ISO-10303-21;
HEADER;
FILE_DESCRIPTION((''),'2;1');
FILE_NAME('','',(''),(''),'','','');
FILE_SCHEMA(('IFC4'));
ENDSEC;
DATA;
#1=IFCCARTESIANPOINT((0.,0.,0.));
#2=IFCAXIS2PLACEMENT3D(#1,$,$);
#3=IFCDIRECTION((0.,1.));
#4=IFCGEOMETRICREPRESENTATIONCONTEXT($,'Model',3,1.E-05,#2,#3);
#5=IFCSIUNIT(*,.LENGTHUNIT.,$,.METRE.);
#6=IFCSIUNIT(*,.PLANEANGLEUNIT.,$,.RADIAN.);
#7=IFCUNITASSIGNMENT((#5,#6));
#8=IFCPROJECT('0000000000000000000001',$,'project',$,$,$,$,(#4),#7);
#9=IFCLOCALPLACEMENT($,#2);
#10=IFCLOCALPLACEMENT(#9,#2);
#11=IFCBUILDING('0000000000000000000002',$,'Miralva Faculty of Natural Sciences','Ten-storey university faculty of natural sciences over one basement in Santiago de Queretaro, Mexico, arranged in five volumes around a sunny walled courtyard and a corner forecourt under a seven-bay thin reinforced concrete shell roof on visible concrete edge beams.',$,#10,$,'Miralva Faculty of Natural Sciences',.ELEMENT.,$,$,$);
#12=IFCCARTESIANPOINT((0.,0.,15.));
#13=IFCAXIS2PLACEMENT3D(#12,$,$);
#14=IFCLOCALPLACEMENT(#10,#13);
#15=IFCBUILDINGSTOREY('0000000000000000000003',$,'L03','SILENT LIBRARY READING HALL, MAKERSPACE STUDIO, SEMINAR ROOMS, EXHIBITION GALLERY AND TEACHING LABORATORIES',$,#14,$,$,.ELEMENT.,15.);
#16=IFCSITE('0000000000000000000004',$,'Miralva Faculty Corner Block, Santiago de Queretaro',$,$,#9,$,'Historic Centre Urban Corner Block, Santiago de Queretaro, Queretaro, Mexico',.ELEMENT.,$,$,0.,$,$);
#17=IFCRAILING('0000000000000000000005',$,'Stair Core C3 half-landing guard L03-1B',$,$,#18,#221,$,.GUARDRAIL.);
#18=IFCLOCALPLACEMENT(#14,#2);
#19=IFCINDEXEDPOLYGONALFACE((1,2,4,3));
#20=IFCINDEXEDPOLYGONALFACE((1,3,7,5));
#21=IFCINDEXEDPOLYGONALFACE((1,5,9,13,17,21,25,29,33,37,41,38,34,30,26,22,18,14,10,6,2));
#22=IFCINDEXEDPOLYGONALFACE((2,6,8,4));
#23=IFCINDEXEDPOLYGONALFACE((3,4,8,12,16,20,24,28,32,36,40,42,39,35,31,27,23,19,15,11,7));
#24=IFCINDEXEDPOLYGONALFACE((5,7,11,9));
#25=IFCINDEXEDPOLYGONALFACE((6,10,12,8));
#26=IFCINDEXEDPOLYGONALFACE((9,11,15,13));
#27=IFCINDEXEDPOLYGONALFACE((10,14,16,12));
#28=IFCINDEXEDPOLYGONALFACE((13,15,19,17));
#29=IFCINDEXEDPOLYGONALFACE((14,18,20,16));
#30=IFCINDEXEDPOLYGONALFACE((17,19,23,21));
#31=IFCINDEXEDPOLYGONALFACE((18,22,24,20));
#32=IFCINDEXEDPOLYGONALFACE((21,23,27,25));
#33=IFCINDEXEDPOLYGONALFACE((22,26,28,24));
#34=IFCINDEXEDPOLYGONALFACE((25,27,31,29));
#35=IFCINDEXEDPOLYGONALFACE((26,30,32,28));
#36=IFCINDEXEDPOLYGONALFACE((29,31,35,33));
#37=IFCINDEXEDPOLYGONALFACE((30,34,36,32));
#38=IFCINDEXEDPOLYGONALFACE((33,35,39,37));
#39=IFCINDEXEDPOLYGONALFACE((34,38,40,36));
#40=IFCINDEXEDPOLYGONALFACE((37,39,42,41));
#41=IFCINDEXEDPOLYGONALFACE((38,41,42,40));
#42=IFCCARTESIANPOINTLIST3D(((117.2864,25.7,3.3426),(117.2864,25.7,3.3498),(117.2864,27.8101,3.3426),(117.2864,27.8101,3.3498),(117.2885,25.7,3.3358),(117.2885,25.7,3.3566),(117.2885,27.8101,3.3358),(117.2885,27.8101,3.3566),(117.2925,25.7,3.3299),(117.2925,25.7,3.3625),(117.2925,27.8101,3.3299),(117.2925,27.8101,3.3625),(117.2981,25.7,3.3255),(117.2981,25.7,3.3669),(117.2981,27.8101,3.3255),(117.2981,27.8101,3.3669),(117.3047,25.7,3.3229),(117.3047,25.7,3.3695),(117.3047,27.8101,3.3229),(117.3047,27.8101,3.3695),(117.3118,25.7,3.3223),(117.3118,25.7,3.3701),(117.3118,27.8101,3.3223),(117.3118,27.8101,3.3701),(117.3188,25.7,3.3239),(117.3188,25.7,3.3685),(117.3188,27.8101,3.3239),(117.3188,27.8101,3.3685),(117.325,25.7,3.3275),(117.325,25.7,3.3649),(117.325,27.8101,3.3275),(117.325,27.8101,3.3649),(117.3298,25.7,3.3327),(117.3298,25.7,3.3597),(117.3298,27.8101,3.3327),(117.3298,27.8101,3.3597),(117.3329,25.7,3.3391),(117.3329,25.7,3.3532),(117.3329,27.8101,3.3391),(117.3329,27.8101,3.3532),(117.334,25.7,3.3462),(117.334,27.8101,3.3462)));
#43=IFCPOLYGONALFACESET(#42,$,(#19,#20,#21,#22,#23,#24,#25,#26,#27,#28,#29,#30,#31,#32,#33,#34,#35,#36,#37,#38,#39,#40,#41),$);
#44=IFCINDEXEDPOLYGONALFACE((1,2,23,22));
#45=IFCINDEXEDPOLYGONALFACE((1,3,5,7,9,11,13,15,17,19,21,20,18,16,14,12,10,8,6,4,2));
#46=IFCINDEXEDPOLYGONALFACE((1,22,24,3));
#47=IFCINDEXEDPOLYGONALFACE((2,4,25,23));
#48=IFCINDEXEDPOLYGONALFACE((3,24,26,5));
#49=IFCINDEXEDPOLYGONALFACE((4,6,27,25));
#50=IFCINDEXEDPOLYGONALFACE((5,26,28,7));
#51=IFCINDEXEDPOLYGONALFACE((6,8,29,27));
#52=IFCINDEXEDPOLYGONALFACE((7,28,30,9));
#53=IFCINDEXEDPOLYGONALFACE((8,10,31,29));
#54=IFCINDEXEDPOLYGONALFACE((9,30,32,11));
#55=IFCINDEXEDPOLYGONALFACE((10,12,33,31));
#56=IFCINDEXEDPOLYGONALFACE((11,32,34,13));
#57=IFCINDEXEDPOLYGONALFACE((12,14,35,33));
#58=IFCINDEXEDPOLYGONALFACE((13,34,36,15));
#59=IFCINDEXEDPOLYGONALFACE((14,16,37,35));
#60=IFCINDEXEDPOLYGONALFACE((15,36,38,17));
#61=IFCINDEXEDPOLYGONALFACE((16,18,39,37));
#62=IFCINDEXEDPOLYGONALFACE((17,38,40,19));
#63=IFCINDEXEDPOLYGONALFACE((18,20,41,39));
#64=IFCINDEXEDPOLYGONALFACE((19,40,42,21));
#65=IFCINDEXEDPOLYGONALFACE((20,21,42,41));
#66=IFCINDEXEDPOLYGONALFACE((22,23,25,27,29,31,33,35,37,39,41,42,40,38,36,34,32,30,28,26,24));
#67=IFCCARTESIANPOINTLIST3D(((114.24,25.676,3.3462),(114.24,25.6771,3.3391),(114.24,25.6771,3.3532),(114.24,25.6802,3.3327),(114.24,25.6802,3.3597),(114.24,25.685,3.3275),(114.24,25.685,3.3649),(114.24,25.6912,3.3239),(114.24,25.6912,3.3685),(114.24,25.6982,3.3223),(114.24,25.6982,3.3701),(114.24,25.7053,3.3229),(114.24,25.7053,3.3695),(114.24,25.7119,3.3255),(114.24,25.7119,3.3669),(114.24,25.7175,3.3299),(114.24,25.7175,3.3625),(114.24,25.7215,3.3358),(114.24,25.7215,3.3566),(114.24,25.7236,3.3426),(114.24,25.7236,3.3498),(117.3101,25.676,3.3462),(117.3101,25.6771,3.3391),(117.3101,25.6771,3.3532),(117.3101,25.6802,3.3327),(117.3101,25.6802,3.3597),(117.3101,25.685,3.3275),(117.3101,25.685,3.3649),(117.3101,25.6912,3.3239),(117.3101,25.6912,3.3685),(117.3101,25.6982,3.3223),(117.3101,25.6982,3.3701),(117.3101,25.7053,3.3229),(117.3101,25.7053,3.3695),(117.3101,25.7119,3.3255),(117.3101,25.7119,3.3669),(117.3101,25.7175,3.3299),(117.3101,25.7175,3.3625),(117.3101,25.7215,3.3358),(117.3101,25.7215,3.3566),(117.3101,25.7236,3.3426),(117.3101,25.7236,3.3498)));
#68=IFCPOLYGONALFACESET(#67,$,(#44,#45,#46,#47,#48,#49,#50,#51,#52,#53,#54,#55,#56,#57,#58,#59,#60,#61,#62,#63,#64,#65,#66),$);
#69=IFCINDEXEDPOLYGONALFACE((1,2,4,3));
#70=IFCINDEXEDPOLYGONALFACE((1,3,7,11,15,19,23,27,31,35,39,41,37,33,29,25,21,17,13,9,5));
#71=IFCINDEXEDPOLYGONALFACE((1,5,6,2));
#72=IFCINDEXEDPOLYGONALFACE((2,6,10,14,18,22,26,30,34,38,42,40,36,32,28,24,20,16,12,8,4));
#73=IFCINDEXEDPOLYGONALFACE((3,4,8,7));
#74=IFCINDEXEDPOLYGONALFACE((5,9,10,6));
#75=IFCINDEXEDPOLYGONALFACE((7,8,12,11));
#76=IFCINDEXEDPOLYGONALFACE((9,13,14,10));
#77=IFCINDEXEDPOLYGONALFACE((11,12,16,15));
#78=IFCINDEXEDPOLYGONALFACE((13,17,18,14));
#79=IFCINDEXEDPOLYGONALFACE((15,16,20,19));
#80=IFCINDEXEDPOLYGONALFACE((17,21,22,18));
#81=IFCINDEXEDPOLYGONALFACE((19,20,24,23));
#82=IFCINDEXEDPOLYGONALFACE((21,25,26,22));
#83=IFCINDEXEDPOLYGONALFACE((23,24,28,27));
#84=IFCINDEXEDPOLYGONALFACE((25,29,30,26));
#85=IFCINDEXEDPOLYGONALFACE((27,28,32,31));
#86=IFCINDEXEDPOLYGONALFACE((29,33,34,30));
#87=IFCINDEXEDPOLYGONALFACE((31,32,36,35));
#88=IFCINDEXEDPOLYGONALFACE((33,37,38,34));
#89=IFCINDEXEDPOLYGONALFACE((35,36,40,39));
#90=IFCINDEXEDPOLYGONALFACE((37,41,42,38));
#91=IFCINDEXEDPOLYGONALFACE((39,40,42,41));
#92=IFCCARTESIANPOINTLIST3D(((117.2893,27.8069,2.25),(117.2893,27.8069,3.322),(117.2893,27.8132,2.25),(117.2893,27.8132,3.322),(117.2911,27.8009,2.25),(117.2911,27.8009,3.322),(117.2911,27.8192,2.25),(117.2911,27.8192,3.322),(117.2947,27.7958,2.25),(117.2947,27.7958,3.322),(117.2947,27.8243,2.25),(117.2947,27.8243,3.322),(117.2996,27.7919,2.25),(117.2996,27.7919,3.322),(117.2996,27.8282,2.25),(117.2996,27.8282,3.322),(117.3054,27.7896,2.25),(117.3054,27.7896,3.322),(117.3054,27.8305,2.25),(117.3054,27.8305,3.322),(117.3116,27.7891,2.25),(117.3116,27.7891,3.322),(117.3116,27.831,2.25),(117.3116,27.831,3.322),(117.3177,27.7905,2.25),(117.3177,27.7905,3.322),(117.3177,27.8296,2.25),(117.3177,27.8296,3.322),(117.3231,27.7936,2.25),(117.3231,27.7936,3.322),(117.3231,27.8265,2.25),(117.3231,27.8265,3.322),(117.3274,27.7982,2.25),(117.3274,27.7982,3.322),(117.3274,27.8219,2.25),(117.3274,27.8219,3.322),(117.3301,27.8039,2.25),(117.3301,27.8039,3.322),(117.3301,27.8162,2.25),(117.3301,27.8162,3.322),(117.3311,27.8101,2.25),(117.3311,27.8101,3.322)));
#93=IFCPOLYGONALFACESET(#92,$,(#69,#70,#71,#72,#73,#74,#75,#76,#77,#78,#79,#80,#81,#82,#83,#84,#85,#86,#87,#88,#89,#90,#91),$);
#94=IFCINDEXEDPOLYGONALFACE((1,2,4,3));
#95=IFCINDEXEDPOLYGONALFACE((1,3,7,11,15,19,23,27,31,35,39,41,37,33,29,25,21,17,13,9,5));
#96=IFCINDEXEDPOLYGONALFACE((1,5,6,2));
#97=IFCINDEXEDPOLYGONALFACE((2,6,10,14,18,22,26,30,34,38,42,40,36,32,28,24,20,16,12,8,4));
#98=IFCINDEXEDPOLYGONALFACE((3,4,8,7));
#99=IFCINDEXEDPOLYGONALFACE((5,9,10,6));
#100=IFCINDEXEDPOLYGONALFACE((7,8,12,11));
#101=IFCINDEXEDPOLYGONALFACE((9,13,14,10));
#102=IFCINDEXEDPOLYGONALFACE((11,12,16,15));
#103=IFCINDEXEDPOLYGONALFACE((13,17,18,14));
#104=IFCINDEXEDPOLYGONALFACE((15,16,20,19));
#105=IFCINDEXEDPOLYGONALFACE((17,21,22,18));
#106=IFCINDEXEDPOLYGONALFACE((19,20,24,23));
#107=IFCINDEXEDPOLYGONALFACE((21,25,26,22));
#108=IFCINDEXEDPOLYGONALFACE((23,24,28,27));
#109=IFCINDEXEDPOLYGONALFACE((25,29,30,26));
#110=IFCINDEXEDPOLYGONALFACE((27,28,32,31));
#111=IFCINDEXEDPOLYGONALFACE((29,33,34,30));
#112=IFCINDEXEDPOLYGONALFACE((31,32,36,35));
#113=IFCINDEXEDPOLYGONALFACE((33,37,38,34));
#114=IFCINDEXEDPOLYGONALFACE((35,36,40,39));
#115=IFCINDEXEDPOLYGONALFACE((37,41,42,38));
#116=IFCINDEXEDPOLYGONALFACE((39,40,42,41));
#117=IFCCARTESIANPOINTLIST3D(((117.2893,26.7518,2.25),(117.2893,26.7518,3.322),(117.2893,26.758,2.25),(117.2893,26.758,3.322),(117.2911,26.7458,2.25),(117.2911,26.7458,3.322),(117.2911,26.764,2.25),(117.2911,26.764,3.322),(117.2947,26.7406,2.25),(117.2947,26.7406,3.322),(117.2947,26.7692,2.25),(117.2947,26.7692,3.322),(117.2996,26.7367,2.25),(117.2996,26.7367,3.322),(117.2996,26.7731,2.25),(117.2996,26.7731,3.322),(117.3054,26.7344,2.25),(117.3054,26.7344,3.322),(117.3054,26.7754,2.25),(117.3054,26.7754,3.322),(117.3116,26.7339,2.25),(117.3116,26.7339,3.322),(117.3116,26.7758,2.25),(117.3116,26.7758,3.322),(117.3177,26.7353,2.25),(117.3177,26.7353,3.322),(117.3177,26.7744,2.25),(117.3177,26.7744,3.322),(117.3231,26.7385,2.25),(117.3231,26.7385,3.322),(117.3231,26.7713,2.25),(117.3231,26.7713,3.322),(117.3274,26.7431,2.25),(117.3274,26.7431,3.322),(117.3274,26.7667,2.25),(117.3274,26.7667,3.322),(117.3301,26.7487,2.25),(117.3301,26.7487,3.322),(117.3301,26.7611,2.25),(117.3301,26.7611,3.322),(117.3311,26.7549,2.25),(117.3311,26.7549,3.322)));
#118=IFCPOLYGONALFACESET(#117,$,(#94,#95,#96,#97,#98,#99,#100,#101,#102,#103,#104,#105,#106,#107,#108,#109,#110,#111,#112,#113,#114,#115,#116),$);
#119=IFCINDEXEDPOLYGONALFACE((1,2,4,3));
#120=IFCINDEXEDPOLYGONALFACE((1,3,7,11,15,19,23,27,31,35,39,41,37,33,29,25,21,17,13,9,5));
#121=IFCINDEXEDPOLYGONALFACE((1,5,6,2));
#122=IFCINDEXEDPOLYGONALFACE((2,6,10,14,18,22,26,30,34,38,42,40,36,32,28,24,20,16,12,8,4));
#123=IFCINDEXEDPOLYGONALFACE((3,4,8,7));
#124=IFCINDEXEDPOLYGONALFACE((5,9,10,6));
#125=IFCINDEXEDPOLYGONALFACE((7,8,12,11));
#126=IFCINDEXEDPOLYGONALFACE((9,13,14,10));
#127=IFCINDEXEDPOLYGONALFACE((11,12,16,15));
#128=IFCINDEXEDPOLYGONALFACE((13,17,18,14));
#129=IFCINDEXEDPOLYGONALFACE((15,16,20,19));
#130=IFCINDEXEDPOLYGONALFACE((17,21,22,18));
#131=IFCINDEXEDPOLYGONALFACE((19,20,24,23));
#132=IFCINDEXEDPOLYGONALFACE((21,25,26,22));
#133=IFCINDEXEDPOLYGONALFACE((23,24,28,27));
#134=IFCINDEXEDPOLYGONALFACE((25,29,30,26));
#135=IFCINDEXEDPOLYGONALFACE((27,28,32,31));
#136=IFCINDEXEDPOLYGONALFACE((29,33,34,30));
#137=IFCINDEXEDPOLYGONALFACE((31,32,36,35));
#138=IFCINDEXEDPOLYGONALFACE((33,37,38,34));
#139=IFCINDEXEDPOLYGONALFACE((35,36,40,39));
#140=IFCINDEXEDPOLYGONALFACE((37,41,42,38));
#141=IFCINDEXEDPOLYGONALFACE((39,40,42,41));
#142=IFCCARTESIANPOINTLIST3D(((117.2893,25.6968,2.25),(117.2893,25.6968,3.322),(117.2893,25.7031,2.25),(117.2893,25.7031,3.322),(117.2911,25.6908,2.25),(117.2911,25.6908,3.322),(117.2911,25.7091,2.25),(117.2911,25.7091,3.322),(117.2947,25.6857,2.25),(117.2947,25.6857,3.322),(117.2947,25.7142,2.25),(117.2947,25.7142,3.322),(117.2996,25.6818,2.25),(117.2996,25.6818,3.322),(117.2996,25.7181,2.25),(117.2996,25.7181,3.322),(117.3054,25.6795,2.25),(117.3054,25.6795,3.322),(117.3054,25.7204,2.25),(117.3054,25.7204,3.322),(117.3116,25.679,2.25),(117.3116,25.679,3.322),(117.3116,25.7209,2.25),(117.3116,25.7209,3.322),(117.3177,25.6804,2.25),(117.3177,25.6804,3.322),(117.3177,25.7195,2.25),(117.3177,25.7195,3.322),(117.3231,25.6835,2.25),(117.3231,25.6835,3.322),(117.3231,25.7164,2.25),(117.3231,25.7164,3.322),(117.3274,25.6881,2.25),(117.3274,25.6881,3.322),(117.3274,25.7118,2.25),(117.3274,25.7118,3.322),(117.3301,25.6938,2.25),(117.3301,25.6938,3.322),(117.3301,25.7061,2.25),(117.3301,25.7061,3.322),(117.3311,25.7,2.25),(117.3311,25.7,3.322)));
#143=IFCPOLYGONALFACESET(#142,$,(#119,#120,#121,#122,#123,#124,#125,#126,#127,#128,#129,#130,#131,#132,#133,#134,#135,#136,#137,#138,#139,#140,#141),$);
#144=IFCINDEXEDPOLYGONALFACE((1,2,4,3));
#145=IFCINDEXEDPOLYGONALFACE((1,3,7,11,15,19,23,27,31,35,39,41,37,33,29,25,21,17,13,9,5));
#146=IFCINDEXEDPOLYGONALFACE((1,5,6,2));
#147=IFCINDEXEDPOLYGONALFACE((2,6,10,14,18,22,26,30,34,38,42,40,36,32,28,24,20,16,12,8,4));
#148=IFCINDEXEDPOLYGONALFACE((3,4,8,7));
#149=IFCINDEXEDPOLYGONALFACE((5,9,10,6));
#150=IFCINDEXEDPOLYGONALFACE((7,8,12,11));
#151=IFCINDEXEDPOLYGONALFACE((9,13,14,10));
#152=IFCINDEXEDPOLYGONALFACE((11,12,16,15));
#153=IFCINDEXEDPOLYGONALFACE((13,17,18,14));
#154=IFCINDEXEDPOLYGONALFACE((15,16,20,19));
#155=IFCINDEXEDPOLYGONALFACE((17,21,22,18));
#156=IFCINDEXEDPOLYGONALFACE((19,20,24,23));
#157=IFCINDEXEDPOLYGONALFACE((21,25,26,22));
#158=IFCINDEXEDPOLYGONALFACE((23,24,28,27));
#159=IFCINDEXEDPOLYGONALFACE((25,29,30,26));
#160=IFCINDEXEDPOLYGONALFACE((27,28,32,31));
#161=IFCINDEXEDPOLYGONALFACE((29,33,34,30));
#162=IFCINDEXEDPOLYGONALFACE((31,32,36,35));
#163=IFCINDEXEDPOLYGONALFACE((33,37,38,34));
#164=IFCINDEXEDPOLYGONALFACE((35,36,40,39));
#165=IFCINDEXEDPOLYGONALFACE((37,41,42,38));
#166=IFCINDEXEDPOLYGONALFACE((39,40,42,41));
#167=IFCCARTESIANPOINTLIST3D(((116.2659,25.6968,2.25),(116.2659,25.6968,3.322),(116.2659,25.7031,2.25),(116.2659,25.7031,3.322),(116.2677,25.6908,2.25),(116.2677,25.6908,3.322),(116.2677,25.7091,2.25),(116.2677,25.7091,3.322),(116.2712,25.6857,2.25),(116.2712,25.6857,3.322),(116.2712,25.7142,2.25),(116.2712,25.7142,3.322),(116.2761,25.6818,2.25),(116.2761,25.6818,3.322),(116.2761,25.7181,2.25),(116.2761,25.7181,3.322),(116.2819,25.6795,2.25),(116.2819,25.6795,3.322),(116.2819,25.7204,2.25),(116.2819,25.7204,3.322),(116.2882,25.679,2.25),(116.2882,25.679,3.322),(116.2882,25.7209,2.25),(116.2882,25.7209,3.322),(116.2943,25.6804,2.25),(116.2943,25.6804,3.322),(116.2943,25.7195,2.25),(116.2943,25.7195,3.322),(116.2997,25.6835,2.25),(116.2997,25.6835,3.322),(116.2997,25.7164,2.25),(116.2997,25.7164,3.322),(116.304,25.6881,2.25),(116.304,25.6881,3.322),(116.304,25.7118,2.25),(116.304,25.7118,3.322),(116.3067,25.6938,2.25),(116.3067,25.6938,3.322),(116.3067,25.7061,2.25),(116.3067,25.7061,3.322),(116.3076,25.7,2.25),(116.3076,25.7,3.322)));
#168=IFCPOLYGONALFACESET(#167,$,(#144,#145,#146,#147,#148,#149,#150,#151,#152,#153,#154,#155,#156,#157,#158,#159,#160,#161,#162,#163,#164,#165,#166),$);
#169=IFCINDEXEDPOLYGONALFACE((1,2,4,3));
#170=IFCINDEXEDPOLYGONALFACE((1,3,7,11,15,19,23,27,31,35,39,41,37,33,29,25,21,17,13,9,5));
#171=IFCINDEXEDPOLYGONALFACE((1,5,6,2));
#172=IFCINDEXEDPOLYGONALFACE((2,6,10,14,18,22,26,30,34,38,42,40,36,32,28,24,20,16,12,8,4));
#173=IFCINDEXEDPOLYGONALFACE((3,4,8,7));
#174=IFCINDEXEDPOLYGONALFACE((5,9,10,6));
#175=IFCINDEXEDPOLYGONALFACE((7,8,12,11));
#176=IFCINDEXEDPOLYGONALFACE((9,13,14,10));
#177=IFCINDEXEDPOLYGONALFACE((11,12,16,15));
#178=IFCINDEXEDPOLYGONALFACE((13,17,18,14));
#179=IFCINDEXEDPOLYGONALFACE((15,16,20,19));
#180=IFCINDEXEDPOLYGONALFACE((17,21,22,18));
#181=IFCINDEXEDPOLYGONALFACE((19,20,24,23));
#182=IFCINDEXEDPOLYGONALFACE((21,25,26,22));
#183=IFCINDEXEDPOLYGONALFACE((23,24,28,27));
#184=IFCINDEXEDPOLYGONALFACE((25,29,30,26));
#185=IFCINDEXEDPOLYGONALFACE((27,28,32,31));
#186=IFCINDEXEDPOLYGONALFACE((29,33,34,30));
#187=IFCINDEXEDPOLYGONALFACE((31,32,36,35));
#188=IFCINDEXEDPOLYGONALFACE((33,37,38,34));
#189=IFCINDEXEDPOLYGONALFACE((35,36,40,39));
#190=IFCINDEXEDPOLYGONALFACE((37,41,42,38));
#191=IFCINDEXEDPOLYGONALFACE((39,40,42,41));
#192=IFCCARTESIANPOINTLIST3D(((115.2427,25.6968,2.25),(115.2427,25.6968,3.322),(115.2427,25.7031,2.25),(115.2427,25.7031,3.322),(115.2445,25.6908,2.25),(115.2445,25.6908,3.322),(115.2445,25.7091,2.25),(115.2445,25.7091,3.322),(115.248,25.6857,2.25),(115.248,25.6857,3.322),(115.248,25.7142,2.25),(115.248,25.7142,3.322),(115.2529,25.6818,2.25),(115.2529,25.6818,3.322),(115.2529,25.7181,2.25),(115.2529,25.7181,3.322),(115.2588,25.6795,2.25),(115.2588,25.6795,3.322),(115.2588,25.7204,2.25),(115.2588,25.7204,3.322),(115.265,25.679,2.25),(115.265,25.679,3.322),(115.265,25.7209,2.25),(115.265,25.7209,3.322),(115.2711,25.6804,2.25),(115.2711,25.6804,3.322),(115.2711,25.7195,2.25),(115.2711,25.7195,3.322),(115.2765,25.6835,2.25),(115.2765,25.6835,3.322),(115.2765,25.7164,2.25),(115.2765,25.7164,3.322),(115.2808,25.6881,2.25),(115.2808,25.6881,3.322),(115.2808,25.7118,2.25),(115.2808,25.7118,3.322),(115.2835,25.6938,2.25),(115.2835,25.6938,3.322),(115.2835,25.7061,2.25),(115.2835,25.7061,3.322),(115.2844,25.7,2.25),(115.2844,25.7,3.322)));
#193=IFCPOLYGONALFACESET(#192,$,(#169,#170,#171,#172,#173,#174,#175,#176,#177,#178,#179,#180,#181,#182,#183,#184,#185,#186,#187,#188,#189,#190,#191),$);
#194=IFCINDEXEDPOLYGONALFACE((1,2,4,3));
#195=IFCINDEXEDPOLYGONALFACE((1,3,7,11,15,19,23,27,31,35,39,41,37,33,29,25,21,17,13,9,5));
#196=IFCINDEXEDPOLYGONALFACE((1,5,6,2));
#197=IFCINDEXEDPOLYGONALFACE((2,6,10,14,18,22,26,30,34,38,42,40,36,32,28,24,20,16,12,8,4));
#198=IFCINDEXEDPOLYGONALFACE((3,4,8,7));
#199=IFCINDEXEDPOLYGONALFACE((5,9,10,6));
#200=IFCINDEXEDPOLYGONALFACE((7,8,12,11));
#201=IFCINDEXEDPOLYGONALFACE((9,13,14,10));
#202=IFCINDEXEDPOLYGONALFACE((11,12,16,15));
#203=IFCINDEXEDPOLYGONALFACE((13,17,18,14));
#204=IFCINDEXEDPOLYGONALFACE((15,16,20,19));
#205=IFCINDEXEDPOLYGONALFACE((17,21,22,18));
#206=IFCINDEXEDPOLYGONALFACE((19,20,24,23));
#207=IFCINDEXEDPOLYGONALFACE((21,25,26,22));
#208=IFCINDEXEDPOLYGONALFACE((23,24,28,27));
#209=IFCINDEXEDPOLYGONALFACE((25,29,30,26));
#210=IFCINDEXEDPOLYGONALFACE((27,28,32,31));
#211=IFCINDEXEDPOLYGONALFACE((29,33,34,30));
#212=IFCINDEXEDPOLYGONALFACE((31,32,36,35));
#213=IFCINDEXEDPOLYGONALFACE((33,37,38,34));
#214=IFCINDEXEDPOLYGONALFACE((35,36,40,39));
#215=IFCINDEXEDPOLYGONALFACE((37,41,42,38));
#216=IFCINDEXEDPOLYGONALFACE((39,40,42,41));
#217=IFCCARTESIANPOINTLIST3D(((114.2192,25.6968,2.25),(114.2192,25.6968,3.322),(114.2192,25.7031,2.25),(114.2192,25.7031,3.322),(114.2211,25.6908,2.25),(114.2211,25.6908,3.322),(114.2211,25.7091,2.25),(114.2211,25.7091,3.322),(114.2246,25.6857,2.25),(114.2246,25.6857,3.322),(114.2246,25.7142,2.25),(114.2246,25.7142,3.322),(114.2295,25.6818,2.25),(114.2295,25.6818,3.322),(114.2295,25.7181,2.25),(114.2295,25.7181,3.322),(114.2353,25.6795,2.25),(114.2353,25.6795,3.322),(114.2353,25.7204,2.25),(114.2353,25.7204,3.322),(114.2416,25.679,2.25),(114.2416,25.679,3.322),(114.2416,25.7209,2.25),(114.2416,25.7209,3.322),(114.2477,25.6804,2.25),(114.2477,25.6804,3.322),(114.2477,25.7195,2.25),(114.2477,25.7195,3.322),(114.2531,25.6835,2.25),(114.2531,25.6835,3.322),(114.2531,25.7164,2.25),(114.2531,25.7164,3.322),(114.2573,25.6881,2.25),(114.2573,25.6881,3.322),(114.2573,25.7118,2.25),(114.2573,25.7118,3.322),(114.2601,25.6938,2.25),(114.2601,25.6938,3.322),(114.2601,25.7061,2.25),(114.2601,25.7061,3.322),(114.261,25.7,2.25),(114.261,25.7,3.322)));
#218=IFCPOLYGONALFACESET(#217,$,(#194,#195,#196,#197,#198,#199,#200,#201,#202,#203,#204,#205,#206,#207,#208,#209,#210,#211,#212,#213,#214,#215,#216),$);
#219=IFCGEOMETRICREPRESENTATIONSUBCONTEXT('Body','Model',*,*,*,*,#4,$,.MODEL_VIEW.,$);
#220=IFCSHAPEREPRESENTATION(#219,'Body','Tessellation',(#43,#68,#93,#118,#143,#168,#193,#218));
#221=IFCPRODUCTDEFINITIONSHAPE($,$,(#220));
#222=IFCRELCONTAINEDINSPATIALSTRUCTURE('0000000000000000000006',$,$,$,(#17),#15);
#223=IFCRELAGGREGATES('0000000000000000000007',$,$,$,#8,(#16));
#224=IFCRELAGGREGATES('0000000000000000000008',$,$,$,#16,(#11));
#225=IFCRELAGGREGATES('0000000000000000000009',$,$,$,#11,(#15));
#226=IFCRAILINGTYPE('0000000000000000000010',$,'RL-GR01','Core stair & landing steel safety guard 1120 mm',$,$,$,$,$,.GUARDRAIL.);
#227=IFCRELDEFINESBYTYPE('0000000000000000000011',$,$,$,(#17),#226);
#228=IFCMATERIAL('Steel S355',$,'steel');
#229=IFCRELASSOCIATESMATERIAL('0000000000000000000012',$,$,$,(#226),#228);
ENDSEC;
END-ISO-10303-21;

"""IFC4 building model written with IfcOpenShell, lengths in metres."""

from ifc_helpers import new_model, si_unit, direction, frame, origin, origin_2d, place, context, subcontext, project, spatial, circle, extrude, material, type_object, element, save


model = new_model("IFC4")

# Units and contexts
model_context = context("Model", 3, precision=1e-05, world=origin(), true_north=direction((0.0, 1.0)))
body_context = subcontext(model_context, "Body", "Model", "MODEL_VIEW")
ifc_project = project(units=[si_unit("LENGTHUNIT", "METRE"), si_unit("PLANEANGLEUNIT", "RADIAN")], contexts=[model_context])

# Site, building, storey
site_placement = place(None, origin())
site = spatial("IfcSite", under=ifc_project, at=site_placement, Name="Miralva Faculty Corner Block, Santiago de Queretaro", LongName="Historic Centre Urban Corner Block, Santiago de Queretaro, Queretaro, Mexico", CompositionType="ELEMENT", RefElevation=0.0)
building_placement = place(site_placement, origin())
building = spatial("IfcBuilding", under=site, at=building_placement, Name="Miralva Faculty of Natural Sciences", Description="Ten-storey university faculty of natural sciences over one basement in Santiago de Queretaro, Mexico, arranged in five volumes around a sunny walled courtyard and a corner forecourt under a seven-bay thin reinforced concrete shell roof on visible concrete edge beams.", LongName="Miralva Faculty of Natural Sciences", CompositionType="ELEMENT")
storey_placement = place(building_placement, frame((0.0, 0.0, 15.0)))
storey = spatial("IfcBuildingStorey", under=building, at=storey_placement, Name="L03", Description="SILENT LIBRARY READING HALL, MAKERSPACE STUDIO, SEMINAR ROOMS, EXHIBITION GALLERY AND TEACHING LABORATORIES", CompositionType="ELEMENT", Elevation=15.0)

# Railing
ifc_material_1 = material(Name="Steel S355", Category="steel")
railing_type_1 = type_object("IfcRailingType", Name="RL-GR01", Description="Core stair & landing steel safety guard 1120 mm", PredefinedType="GUARDRAIL", material=ifc_material_1)
railing_1_placement = place(storey_placement, frame((117.3101, 27.8101, 2.25)))
element("IfcRailing", 1, at=railing_1_placement, inside=storey, type_object=railing_type_1, Name="Stair Core C3 half-landing guard L03-1B", PredefinedType="GUARDRAIL", context=body_context, shape_type="SweptSolid", body=[
    extrude(circle(Radius=0.0239, at=origin_2d()), frame((0.0, 0.0, 1.0962), z_axis=(0.0, -1.0, 0.0), x_axis=(1.0, 0.0, 0.0)), (0.0, 0.0, 1.0), 2.1101),
    extrude(circle(Radius=0.0239, at=origin_2d()), frame((0.0, -2.1101, 1.0962), z_axis=(-1.0, 0.0, 0.0), x_axis=(0.0, -1.0, 0.0)), (0.0, 0.0, 1.0), 3.0701),
    extrude(circle(Radius=0.021, at=origin_2d()), origin(), (0.0, 0.0, 1.0), 1.072),
    extrude(circle(Radius=0.021, at=origin_2d()), frame((0.0, -1.0552, 0.0)), (0.0, 0.0, 1.0), 1.072),
    extrude(circle(Radius=0.021, at=origin_2d()), frame((0.0, -2.1101, 0.0)), (0.0, 0.0, 1.0), 1.072),
    extrude(circle(Radius=0.021, at=origin_2d()), frame((-1.0234, -2.1101, 0.0)), (0.0, 0.0, 1.0), 1.072),
    extrude(circle(Radius=0.021, at=origin_2d()), frame((-2.0466, -2.1101, 0.0)), (0.0, 0.0, 1.0), 1.072),
    extrude(circle(Radius=0.021, at=origin_2d()), frame((-3.0701, -2.1101, 0.0)), (0.0, 0.0, 1.0), 1.072),
])

save(model, "model.ifc")
